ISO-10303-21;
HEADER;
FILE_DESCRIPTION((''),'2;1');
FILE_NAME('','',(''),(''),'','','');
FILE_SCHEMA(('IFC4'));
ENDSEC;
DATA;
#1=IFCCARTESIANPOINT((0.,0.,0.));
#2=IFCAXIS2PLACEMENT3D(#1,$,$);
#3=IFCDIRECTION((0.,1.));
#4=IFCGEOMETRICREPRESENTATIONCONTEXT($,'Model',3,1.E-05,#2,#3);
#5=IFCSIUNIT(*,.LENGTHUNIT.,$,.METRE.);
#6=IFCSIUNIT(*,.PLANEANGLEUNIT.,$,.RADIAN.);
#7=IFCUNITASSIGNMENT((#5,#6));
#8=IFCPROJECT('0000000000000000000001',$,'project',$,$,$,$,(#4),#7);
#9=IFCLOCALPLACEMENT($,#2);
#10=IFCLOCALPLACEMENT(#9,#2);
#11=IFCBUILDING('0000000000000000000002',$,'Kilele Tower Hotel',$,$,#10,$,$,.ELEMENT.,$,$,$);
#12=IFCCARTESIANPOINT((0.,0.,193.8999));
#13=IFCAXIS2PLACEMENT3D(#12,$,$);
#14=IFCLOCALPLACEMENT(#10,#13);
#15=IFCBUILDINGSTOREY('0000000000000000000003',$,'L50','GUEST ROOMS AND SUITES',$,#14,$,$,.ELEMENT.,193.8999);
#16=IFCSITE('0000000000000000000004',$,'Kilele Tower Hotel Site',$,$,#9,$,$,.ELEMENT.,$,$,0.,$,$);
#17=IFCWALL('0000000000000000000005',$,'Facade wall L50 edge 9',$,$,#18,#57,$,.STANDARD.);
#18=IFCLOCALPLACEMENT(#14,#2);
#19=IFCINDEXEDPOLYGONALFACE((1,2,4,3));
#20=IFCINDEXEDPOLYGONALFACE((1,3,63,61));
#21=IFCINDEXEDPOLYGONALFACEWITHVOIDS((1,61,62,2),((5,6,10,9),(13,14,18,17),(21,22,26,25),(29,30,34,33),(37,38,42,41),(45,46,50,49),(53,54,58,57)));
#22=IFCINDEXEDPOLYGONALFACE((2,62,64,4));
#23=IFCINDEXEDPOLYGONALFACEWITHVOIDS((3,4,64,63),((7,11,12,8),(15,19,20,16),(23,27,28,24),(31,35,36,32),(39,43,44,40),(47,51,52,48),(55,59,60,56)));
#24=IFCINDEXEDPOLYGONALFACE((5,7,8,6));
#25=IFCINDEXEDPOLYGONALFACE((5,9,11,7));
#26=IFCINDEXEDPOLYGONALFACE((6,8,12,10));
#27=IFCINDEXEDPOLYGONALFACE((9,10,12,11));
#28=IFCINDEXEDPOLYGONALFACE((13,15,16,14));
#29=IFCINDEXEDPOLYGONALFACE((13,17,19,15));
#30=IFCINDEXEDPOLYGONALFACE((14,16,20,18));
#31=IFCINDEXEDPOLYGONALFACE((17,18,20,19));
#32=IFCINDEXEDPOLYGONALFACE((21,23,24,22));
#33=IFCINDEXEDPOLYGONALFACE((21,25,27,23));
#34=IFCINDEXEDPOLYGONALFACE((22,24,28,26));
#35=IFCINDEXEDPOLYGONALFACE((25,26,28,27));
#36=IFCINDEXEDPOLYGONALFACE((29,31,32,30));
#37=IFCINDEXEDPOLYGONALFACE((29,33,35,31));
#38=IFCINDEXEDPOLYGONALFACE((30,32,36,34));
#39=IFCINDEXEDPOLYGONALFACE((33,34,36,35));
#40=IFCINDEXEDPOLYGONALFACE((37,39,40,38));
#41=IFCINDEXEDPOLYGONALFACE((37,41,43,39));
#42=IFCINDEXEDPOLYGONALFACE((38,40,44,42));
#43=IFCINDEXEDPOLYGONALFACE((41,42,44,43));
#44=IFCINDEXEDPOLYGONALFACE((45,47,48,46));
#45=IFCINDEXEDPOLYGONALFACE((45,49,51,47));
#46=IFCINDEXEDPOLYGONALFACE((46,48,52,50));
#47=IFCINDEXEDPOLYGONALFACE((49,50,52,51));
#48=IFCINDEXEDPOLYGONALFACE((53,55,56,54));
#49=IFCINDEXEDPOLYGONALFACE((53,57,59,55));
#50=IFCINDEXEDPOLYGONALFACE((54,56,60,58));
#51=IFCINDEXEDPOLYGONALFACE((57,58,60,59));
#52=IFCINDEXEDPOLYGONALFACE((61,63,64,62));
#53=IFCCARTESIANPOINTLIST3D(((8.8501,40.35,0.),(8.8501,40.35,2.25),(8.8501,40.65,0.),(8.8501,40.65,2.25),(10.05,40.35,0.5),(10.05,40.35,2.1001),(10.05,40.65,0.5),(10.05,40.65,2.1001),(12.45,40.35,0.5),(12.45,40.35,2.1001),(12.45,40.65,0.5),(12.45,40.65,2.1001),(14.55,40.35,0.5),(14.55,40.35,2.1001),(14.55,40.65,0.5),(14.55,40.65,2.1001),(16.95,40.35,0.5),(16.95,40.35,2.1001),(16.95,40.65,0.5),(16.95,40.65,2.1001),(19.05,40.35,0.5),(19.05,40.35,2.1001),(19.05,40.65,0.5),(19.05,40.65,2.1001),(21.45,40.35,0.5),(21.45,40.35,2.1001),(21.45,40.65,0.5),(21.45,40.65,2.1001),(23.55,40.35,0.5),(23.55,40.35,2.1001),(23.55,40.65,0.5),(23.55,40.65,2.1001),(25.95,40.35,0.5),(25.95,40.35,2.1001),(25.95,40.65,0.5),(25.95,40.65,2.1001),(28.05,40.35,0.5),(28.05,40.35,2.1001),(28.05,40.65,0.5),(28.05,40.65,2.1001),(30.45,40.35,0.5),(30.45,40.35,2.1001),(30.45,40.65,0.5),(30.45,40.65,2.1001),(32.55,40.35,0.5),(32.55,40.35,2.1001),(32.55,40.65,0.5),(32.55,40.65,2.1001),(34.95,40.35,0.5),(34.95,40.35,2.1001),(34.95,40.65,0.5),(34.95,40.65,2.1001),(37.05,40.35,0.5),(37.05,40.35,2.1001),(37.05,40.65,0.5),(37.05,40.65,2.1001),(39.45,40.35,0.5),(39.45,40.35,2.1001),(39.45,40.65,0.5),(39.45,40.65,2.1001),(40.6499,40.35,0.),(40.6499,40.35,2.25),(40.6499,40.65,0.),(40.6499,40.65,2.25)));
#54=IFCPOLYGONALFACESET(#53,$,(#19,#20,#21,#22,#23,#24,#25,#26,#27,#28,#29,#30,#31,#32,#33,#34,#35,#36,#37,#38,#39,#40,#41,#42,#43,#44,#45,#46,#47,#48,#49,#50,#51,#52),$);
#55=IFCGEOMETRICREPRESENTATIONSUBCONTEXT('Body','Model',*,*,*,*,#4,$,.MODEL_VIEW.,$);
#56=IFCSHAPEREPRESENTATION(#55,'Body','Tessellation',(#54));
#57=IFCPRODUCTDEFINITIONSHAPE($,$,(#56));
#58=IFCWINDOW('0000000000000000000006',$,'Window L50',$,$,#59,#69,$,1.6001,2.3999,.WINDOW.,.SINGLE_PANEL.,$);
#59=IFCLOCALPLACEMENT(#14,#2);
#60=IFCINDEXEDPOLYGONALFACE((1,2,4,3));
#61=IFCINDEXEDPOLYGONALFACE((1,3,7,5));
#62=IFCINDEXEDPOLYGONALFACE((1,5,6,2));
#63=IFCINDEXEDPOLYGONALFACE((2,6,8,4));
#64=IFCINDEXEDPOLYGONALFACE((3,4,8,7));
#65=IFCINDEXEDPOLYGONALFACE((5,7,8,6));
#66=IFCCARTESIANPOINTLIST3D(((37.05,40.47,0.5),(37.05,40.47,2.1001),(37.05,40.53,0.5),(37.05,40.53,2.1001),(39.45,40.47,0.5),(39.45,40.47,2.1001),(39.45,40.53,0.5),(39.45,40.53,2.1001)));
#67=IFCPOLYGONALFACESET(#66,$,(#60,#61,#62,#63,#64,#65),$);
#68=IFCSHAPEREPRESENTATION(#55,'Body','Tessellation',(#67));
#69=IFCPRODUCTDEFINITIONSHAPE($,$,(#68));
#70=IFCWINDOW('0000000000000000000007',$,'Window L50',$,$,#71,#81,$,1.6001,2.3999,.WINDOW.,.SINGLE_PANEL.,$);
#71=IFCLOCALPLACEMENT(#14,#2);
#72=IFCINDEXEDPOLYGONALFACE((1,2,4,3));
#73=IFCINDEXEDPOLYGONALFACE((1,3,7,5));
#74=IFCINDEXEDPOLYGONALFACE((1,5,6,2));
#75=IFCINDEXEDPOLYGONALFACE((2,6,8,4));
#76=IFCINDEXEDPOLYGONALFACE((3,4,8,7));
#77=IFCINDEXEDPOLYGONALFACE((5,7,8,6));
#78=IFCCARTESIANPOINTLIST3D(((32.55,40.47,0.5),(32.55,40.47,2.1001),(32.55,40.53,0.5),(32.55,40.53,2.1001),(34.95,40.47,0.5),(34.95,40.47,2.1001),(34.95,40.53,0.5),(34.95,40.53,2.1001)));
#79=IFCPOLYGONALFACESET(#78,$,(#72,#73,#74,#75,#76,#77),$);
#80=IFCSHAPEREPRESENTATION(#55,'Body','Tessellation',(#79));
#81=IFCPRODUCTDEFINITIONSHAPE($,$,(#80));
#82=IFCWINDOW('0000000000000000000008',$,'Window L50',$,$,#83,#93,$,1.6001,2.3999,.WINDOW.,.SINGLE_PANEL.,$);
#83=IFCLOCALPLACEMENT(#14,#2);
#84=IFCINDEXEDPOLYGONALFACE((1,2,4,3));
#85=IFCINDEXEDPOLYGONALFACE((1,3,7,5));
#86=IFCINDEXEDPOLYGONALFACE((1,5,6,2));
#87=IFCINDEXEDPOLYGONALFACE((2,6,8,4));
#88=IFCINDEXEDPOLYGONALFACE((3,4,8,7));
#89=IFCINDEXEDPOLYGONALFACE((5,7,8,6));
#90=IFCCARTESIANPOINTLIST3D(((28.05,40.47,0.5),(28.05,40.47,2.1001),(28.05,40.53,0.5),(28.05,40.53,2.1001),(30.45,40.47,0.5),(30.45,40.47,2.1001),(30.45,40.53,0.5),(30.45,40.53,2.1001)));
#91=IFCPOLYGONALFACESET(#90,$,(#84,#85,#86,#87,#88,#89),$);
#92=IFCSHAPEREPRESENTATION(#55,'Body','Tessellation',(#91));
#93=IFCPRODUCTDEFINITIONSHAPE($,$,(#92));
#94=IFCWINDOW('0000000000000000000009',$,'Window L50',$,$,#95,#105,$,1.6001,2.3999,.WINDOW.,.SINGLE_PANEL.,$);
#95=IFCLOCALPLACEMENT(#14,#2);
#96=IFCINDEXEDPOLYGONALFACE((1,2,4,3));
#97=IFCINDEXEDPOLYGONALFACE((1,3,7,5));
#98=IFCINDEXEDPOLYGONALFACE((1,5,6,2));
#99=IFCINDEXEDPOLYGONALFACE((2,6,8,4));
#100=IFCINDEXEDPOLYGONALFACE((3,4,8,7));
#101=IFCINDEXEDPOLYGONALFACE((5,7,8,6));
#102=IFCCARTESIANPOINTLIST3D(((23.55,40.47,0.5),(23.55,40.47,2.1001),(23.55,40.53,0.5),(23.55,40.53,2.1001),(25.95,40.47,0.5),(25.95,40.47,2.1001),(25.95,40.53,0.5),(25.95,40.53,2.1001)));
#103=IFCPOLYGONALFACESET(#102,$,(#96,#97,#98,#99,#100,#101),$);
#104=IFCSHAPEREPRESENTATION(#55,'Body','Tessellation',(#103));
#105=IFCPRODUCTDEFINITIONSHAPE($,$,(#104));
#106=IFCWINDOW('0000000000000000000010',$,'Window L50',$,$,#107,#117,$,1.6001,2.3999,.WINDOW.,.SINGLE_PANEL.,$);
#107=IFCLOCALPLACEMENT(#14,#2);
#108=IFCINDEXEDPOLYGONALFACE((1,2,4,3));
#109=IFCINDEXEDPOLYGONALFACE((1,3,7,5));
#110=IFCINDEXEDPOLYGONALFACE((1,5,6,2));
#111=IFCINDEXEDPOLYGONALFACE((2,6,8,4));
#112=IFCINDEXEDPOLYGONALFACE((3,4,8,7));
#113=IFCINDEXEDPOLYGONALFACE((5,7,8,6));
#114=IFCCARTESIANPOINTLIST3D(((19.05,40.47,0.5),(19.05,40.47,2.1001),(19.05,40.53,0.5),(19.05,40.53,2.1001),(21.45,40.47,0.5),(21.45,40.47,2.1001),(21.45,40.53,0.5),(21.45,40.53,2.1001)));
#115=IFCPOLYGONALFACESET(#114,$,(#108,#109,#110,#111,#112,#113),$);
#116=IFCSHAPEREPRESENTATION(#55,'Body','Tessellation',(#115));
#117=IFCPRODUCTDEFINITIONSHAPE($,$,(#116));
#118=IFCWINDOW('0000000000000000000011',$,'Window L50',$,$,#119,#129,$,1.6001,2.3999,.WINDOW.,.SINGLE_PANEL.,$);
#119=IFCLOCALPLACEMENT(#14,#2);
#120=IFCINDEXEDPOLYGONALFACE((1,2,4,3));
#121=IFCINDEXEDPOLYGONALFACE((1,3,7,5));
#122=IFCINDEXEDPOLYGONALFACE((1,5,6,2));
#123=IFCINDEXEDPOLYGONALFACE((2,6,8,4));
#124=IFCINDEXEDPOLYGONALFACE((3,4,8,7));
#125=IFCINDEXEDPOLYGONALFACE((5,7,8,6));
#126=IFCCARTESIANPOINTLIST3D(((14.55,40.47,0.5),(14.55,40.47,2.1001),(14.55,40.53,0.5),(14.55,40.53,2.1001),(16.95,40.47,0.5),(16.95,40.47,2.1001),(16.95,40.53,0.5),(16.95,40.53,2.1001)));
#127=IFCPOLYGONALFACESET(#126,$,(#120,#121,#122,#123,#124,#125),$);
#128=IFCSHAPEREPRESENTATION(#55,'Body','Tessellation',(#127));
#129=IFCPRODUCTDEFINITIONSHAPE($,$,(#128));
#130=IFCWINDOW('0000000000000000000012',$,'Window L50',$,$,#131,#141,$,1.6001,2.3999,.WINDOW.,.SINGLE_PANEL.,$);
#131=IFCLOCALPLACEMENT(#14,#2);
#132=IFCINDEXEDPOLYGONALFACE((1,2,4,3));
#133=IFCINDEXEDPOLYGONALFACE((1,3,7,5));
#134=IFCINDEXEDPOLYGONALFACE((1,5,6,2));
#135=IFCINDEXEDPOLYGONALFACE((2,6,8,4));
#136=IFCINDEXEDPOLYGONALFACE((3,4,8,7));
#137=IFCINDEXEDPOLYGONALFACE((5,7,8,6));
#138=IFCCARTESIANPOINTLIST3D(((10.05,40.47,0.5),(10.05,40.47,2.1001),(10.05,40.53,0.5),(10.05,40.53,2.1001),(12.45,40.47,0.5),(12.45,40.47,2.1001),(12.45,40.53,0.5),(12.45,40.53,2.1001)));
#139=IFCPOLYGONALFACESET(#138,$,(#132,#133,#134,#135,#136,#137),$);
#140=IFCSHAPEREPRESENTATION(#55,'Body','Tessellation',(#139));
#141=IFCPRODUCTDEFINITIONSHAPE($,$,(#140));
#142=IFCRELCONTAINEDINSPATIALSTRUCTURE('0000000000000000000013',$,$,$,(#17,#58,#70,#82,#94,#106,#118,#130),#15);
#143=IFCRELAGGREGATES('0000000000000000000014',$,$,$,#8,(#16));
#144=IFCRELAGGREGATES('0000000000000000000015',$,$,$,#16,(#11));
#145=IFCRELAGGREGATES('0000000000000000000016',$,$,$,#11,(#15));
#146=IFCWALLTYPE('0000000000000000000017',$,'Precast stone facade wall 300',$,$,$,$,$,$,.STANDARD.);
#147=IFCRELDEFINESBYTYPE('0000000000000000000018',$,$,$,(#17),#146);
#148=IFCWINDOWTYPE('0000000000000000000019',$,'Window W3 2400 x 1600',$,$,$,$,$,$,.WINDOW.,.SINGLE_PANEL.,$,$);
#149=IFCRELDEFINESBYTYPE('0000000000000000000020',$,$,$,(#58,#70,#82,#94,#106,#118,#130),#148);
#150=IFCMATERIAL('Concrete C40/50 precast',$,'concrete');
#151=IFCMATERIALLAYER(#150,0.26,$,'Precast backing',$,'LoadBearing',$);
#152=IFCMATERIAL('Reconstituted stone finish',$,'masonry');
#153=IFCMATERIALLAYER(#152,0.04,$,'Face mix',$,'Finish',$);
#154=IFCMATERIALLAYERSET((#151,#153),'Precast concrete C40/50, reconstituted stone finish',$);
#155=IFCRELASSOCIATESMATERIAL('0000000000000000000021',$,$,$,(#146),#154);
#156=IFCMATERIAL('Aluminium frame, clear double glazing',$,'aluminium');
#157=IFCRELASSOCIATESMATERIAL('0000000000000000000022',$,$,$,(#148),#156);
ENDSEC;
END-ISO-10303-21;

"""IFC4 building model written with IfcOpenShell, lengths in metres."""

from ifc_helpers import new_model, si_unit, direction, frame, frame_2d, origin, place, context, subcontext, project, spatial, rectangle, extrude, material, layer, layer_set, type_object, element, fill, save


model = new_model("IFC4")

# Units and contexts
model_context = context("Model", 3, precision=1e-05, world=origin(), true_north=direction((0.0, 1.0)))
body_context = subcontext(model_context, "Body", "Model", "MODEL_VIEW")
ifc_project = project(units=[si_unit("LENGTHUNIT", "METRE"), si_unit("PLANEANGLEUNIT", "RADIAN")], contexts=[model_context])

# Site, building, storey
site_placement = place(None, origin())
site = spatial("IfcSite", under=ifc_project, at=site_placement, Name="Kilele Tower Hotel Site", CompositionType="ELEMENT", RefElevation=0.0)
building_placement = place(site_placement, origin())
building = spatial("IfcBuilding", under=site, at=building_placement, Name="Kilele Tower Hotel", CompositionType="ELEMENT")
storey_placement = place(building_placement, frame((0.0, 0.0, 193.8999)))
storey = spatial("IfcBuildingStorey", under=building, at=storey_placement, Name="L50", Description="GUEST ROOMS AND SUITES", CompositionType="ELEMENT", Elevation=193.8999)

# Shared definitions
ifc_material_1 = material(Name="Concrete C40/50 precast", Category="concrete")
ifc_layer_1 = layer(ifc_material_1, 0.26, Name="Precast backing", Category="LoadBearing")
ifc_material_2 = material(Name="Reconstituted stone finish", Category="masonry")
ifc_layer_2 = layer(ifc_material_2, 0.04, Name="Face mix", Category="Finish")
ifc_layer_set_1 = layer_set([ifc_layer_1, ifc_layer_2], Name="Precast concrete C40/50, reconstituted stone finish")
wall_type_1 = type_object("IfcWallType", Name="Precast stone facade wall 300", PredefinedType="STANDARD", material=ifc_layer_set_1)
ifc_material_3 = material(Name="Aluminium frame, clear double glazing", Category="aluminium")
window_type = type_object("IfcWindowType", Name="Window W3 2400 x 1600", PartitioningType="SINGLE_PANEL", PredefinedType="WINDOW", material=ifc_material_3)

# Wall, openings, windows
wall_1_placement = place(storey_placement, frame((40.6499, 40.5, 0.0), z_axis=(0.0, 0.0, 1.0), x_axis=(-1.0, 0.0, 0.0)))
wall_1 = element("IfcWall", 1, at=wall_1_placement, inside=storey, type_object=wall_type_1, Name="Facade wall L50 edge 9", PredefinedType="STANDARD", context=body_context, shape_type="SweptSolid", body=[
    extrude(rectangle(XDim=31.7998, YDim=0.3, at=frame_2d((15.8999, 0.0))), origin(), (0.0, 0.0, 1.0), 2.25),
])
opening_1_placement = place(wall_1_placement, frame((1.2, 0.0, 0.5)))
opening_1 = element("IfcOpeningElement", 2, at=opening_1_placement, cuts=wall_1, PredefinedType="OPENING", context=body_context, shape_type="SweptSolid", body=[
    extrude(rectangle(XDim=2.3999, YDim=1.6001, at=frame_2d((1.2, 0.8))), frame((0.0, 0.1599, 0.0), z_axis=(0.0, -1.0, 0.0), x_axis=(1.0, 0.0, 0.0)), (0.0, 0.0, 1.0), 0.3201),
])
opening_2_placement = place(wall_1_placement, frame((5.7, 0.0, 0.5)))
opening_2 = element("IfcOpeningElement", 3, at=opening_2_placement, cuts=wall_1, PredefinedType="OPENING", context=body_context, shape_type="SweptSolid", body=[
    extrude(rectangle(XDim=2.3999, YDim=1.6001, at=frame_2d((1.2, 0.8))), frame((0.0, 0.1599, 0.0), z_axis=(0.0, -1.0, 0.0), x_axis=(1.0, 0.0, 0.0)), (0.0, 0.0, 1.0), 0.3201),
])
opening_3_placement = place(wall_1_placement, frame((10.2, 0.0, 0.5)))
opening_3 = element("IfcOpeningElement", 4, at=opening_3_placement, cuts=wall_1, PredefinedType="OPENING", context=body_context, shape_type="SweptSolid", body=[
    extrude(rectangle(XDim=2.3999, YDim=1.6001, at=frame_2d((1.2, 0.8))), frame((0.0, 0.1599, 0.0), z_axis=(0.0, -1.0, 0.0), x_axis=(1.0, 0.0, 0.0)), (0.0, 0.0, 1.0), 0.3201),
])
opening_4_placement = place(wall_1_placement, frame((14.7, 0.0, 0.5)))
opening_4 = element("IfcOpeningElement", 5, at=opening_4_placement, cuts=wall_1, PredefinedType="OPENING", context=body_context, shape_type="SweptSolid", body=[
    extrude(rectangle(XDim=2.3999, YDim=1.6001, at=frame_2d((1.2, 0.8))), frame((0.0, 0.1599, 0.0), z_axis=(0.0, -1.0, 0.0), x_axis=(1.0, 0.0, 0.0)), (0.0, 0.0, 1.0), 0.3201),
])
opening_5_placement = place(wall_1_placement, frame((19.2, 0.0, 0.5)))
opening_5 = element("IfcOpeningElement", 6, at=opening_5_placement, cuts=wall_1, PredefinedType="OPENING", context=body_context, shape_type="SweptSolid", body=[
    extrude(rectangle(XDim=2.3999, YDim=1.6001, at=frame_2d((1.2, 0.8))), frame((0.0, 0.1599, 0.0), z_axis=(0.0, -1.0, 0.0), x_axis=(1.0, 0.0, 0.0)), (0.0, 0.0, 1.0), 0.3201),
])
opening_6_placement = place(wall_1_placement, frame((23.7, 0.0, 0.5)))
opening_6 = element("IfcOpeningElement", 7, at=opening_6_placement, cuts=wall_1, PredefinedType="OPENING", context=body_context, shape_type="SweptSolid", body=[
    extrude(rectangle(XDim=2.3999, YDim=1.6001, at=frame_2d((1.2, 0.8))), frame((0.0, 0.1599, 0.0), z_axis=(0.0, -1.0, 0.0), x_axis=(1.0, 0.0, 0.0)), (0.0, 0.0, 1.0), 0.3201),
])
opening_7_placement = place(wall_1_placement, frame((28.2, 0.0, 0.5)))
opening_7 = element("IfcOpeningElement", 8, at=opening_7_placement, cuts=wall_1, PredefinedType="OPENING", context=body_context, shape_type="SweptSolid", body=[
    extrude(rectangle(XDim=2.3999, YDim=1.6001, at=frame_2d((1.2, 0.8))), frame((0.0, 0.1599, 0.0), z_axis=(0.0, -1.0, 0.0), x_axis=(1.0, 0.0, 0.0)), (0.0, 0.0, 1.0), 0.3201),
])
window_1_placement = place(opening_1_placement, origin())
window_1 = element("IfcWindow", 9, at=window_1_placement, inside=storey, type_object=window_type, Name="Window L50", OverallHeight=1.6001, OverallWidth=2.3999, PartitioningType="SINGLE_PANEL", PredefinedType="WINDOW", context=body_context, shape_type="SweptSolid", body=[
    extrude(rectangle(XDim=2.3999, YDim=1.6001, at=frame_2d((1.2, 0.8))), frame((0.0, 0.03, 0.0), z_axis=(0.0, -1.0, 0.0), x_axis=(1.0, 0.0, 0.0)), (0.0, 0.0, 1.0), 0.0601),
])
fill(opening_1, window_1)
window_2_placement = place(opening_2_placement, origin())
window_2 = element("IfcWindow", 10, at=window_2_placement, inside=storey, type_object=window_type, Name="Window L50", OverallHeight=1.6001, OverallWidth=2.3999, PartitioningType="SINGLE_PANEL", PredefinedType="WINDOW", context=body_context, shape_type="SweptSolid", body=[
    extrude(rectangle(XDim=2.3999, YDim=1.6001, at=frame_2d((1.2, 0.8))), frame((0.0, 0.03, 0.0), z_axis=(0.0, -1.0, 0.0), x_axis=(1.0, 0.0, 0.0)), (0.0, 0.0, 1.0), 0.0601),
])
fill(opening_2, window_2)
window_3_placement = place(opening_3_placement, origin())
window_3 = element("IfcWindow", 11, at=window_3_placement, inside=storey, type_object=window_type, Name="Window L50", OverallHeight=1.6001, OverallWidth=2.3999, PartitioningType="SINGLE_PANEL", PredefinedType="WINDOW", context=body_context, shape_type="SweptSolid", body=[
    extrude(rectangle(XDim=2.3999, YDim=1.6001, at=frame_2d((1.2, 0.8))), frame((0.0, 0.03, 0.0), z_axis=(0.0, -1.0, 0.0), x_axis=(1.0, 0.0, 0.0)), (0.0, 0.0, 1.0), 0.0601),
])
fill(opening_3, window_3)
window_4_placement = place(opening_4_placement, origin())
window_4 = element("IfcWindow", 12, at=window_4_placement, inside=storey, type_object=window_type, Name="Window L50", OverallHeight=1.6001, OverallWidth=2.3999, PartitioningType="SINGLE_PANEL", PredefinedType="WINDOW", context=body_context, shape_type="SweptSolid", body=[
    extrude(rectangle(XDim=2.3999, YDim=1.6001, at=frame_2d((1.2, 0.8))), frame((0.0, 0.03, 0.0), z_axis=(0.0, -1.0, 0.0), x_axis=(1.0, 0.0, 0.0)), (0.0, 0.0, 1.0), 0.0601),
])
fill(opening_4, window_4)
window_5_placement = place(opening_5_placement, origin())
window_5 = element("IfcWindow", 13, at=window_5_placement, inside=storey, type_object=window_type, Name="Window L50", OverallHeight=1.6001, OverallWidth=2.3999, PartitioningType="SINGLE_PANEL", PredefinedType="WINDOW", context=body_context, shape_type="SweptSolid", body=[
    extrude(rectangle(XDim=2.3999, YDim=1.6001, at=frame_2d((1.2, 0.8))), frame((0.0, 0.03, 0.0), z_axis=(0.0, -1.0, 0.0), x_axis=(1.0, 0.0, 0.0)), (0.0, 0.0, 1.0), 0.0601),
])
fill(opening_5, window_5)
window_6_placement = place(opening_6_placement, origin())
window_6 = element("IfcWindow", 14, at=window_6_placement, inside=storey, type_object=window_type, Name="Window L50", OverallHeight=1.6001, OverallWidth=2.3999, PartitioningType="SINGLE_PANEL", PredefinedType="WINDOW", context=body_context, shape_type="SweptSolid", body=[
    extrude(rectangle(XDim=2.3999, YDim=1.6001, at=frame_2d((1.2, 0.8))), frame((0.0, 0.03, 0.0), z_axis=(0.0, -1.0, 0.0), x_axis=(1.0, 0.0, 0.0)), (0.0, 0.0, 1.0), 0.0601),
])
fill(opening_6, window_6)
window_7_placement = place(opening_7_placement, origin())
window_7 = element("IfcWindow", 15, at=window_7_placement, inside=storey, type_object=window_type, Name="Window L50", OverallHeight=1.6001, OverallWidth=2.3999, PartitioningType="SINGLE_PANEL", PredefinedType="WINDOW", context=body_context, shape_type="SweptSolid", body=[
    extrude(rectangle(XDim=2.3999, YDim=1.6001, at=frame_2d((1.2, 0.8))), frame((0.0, 0.03, 0.0), z_axis=(0.0, -1.0, 0.0), x_axis=(1.0, 0.0, 0.0)), (0.0, 0.0, 1.0), 0.0601),
])
fill(opening_7, window_7)

save(model, "model.ifc")
